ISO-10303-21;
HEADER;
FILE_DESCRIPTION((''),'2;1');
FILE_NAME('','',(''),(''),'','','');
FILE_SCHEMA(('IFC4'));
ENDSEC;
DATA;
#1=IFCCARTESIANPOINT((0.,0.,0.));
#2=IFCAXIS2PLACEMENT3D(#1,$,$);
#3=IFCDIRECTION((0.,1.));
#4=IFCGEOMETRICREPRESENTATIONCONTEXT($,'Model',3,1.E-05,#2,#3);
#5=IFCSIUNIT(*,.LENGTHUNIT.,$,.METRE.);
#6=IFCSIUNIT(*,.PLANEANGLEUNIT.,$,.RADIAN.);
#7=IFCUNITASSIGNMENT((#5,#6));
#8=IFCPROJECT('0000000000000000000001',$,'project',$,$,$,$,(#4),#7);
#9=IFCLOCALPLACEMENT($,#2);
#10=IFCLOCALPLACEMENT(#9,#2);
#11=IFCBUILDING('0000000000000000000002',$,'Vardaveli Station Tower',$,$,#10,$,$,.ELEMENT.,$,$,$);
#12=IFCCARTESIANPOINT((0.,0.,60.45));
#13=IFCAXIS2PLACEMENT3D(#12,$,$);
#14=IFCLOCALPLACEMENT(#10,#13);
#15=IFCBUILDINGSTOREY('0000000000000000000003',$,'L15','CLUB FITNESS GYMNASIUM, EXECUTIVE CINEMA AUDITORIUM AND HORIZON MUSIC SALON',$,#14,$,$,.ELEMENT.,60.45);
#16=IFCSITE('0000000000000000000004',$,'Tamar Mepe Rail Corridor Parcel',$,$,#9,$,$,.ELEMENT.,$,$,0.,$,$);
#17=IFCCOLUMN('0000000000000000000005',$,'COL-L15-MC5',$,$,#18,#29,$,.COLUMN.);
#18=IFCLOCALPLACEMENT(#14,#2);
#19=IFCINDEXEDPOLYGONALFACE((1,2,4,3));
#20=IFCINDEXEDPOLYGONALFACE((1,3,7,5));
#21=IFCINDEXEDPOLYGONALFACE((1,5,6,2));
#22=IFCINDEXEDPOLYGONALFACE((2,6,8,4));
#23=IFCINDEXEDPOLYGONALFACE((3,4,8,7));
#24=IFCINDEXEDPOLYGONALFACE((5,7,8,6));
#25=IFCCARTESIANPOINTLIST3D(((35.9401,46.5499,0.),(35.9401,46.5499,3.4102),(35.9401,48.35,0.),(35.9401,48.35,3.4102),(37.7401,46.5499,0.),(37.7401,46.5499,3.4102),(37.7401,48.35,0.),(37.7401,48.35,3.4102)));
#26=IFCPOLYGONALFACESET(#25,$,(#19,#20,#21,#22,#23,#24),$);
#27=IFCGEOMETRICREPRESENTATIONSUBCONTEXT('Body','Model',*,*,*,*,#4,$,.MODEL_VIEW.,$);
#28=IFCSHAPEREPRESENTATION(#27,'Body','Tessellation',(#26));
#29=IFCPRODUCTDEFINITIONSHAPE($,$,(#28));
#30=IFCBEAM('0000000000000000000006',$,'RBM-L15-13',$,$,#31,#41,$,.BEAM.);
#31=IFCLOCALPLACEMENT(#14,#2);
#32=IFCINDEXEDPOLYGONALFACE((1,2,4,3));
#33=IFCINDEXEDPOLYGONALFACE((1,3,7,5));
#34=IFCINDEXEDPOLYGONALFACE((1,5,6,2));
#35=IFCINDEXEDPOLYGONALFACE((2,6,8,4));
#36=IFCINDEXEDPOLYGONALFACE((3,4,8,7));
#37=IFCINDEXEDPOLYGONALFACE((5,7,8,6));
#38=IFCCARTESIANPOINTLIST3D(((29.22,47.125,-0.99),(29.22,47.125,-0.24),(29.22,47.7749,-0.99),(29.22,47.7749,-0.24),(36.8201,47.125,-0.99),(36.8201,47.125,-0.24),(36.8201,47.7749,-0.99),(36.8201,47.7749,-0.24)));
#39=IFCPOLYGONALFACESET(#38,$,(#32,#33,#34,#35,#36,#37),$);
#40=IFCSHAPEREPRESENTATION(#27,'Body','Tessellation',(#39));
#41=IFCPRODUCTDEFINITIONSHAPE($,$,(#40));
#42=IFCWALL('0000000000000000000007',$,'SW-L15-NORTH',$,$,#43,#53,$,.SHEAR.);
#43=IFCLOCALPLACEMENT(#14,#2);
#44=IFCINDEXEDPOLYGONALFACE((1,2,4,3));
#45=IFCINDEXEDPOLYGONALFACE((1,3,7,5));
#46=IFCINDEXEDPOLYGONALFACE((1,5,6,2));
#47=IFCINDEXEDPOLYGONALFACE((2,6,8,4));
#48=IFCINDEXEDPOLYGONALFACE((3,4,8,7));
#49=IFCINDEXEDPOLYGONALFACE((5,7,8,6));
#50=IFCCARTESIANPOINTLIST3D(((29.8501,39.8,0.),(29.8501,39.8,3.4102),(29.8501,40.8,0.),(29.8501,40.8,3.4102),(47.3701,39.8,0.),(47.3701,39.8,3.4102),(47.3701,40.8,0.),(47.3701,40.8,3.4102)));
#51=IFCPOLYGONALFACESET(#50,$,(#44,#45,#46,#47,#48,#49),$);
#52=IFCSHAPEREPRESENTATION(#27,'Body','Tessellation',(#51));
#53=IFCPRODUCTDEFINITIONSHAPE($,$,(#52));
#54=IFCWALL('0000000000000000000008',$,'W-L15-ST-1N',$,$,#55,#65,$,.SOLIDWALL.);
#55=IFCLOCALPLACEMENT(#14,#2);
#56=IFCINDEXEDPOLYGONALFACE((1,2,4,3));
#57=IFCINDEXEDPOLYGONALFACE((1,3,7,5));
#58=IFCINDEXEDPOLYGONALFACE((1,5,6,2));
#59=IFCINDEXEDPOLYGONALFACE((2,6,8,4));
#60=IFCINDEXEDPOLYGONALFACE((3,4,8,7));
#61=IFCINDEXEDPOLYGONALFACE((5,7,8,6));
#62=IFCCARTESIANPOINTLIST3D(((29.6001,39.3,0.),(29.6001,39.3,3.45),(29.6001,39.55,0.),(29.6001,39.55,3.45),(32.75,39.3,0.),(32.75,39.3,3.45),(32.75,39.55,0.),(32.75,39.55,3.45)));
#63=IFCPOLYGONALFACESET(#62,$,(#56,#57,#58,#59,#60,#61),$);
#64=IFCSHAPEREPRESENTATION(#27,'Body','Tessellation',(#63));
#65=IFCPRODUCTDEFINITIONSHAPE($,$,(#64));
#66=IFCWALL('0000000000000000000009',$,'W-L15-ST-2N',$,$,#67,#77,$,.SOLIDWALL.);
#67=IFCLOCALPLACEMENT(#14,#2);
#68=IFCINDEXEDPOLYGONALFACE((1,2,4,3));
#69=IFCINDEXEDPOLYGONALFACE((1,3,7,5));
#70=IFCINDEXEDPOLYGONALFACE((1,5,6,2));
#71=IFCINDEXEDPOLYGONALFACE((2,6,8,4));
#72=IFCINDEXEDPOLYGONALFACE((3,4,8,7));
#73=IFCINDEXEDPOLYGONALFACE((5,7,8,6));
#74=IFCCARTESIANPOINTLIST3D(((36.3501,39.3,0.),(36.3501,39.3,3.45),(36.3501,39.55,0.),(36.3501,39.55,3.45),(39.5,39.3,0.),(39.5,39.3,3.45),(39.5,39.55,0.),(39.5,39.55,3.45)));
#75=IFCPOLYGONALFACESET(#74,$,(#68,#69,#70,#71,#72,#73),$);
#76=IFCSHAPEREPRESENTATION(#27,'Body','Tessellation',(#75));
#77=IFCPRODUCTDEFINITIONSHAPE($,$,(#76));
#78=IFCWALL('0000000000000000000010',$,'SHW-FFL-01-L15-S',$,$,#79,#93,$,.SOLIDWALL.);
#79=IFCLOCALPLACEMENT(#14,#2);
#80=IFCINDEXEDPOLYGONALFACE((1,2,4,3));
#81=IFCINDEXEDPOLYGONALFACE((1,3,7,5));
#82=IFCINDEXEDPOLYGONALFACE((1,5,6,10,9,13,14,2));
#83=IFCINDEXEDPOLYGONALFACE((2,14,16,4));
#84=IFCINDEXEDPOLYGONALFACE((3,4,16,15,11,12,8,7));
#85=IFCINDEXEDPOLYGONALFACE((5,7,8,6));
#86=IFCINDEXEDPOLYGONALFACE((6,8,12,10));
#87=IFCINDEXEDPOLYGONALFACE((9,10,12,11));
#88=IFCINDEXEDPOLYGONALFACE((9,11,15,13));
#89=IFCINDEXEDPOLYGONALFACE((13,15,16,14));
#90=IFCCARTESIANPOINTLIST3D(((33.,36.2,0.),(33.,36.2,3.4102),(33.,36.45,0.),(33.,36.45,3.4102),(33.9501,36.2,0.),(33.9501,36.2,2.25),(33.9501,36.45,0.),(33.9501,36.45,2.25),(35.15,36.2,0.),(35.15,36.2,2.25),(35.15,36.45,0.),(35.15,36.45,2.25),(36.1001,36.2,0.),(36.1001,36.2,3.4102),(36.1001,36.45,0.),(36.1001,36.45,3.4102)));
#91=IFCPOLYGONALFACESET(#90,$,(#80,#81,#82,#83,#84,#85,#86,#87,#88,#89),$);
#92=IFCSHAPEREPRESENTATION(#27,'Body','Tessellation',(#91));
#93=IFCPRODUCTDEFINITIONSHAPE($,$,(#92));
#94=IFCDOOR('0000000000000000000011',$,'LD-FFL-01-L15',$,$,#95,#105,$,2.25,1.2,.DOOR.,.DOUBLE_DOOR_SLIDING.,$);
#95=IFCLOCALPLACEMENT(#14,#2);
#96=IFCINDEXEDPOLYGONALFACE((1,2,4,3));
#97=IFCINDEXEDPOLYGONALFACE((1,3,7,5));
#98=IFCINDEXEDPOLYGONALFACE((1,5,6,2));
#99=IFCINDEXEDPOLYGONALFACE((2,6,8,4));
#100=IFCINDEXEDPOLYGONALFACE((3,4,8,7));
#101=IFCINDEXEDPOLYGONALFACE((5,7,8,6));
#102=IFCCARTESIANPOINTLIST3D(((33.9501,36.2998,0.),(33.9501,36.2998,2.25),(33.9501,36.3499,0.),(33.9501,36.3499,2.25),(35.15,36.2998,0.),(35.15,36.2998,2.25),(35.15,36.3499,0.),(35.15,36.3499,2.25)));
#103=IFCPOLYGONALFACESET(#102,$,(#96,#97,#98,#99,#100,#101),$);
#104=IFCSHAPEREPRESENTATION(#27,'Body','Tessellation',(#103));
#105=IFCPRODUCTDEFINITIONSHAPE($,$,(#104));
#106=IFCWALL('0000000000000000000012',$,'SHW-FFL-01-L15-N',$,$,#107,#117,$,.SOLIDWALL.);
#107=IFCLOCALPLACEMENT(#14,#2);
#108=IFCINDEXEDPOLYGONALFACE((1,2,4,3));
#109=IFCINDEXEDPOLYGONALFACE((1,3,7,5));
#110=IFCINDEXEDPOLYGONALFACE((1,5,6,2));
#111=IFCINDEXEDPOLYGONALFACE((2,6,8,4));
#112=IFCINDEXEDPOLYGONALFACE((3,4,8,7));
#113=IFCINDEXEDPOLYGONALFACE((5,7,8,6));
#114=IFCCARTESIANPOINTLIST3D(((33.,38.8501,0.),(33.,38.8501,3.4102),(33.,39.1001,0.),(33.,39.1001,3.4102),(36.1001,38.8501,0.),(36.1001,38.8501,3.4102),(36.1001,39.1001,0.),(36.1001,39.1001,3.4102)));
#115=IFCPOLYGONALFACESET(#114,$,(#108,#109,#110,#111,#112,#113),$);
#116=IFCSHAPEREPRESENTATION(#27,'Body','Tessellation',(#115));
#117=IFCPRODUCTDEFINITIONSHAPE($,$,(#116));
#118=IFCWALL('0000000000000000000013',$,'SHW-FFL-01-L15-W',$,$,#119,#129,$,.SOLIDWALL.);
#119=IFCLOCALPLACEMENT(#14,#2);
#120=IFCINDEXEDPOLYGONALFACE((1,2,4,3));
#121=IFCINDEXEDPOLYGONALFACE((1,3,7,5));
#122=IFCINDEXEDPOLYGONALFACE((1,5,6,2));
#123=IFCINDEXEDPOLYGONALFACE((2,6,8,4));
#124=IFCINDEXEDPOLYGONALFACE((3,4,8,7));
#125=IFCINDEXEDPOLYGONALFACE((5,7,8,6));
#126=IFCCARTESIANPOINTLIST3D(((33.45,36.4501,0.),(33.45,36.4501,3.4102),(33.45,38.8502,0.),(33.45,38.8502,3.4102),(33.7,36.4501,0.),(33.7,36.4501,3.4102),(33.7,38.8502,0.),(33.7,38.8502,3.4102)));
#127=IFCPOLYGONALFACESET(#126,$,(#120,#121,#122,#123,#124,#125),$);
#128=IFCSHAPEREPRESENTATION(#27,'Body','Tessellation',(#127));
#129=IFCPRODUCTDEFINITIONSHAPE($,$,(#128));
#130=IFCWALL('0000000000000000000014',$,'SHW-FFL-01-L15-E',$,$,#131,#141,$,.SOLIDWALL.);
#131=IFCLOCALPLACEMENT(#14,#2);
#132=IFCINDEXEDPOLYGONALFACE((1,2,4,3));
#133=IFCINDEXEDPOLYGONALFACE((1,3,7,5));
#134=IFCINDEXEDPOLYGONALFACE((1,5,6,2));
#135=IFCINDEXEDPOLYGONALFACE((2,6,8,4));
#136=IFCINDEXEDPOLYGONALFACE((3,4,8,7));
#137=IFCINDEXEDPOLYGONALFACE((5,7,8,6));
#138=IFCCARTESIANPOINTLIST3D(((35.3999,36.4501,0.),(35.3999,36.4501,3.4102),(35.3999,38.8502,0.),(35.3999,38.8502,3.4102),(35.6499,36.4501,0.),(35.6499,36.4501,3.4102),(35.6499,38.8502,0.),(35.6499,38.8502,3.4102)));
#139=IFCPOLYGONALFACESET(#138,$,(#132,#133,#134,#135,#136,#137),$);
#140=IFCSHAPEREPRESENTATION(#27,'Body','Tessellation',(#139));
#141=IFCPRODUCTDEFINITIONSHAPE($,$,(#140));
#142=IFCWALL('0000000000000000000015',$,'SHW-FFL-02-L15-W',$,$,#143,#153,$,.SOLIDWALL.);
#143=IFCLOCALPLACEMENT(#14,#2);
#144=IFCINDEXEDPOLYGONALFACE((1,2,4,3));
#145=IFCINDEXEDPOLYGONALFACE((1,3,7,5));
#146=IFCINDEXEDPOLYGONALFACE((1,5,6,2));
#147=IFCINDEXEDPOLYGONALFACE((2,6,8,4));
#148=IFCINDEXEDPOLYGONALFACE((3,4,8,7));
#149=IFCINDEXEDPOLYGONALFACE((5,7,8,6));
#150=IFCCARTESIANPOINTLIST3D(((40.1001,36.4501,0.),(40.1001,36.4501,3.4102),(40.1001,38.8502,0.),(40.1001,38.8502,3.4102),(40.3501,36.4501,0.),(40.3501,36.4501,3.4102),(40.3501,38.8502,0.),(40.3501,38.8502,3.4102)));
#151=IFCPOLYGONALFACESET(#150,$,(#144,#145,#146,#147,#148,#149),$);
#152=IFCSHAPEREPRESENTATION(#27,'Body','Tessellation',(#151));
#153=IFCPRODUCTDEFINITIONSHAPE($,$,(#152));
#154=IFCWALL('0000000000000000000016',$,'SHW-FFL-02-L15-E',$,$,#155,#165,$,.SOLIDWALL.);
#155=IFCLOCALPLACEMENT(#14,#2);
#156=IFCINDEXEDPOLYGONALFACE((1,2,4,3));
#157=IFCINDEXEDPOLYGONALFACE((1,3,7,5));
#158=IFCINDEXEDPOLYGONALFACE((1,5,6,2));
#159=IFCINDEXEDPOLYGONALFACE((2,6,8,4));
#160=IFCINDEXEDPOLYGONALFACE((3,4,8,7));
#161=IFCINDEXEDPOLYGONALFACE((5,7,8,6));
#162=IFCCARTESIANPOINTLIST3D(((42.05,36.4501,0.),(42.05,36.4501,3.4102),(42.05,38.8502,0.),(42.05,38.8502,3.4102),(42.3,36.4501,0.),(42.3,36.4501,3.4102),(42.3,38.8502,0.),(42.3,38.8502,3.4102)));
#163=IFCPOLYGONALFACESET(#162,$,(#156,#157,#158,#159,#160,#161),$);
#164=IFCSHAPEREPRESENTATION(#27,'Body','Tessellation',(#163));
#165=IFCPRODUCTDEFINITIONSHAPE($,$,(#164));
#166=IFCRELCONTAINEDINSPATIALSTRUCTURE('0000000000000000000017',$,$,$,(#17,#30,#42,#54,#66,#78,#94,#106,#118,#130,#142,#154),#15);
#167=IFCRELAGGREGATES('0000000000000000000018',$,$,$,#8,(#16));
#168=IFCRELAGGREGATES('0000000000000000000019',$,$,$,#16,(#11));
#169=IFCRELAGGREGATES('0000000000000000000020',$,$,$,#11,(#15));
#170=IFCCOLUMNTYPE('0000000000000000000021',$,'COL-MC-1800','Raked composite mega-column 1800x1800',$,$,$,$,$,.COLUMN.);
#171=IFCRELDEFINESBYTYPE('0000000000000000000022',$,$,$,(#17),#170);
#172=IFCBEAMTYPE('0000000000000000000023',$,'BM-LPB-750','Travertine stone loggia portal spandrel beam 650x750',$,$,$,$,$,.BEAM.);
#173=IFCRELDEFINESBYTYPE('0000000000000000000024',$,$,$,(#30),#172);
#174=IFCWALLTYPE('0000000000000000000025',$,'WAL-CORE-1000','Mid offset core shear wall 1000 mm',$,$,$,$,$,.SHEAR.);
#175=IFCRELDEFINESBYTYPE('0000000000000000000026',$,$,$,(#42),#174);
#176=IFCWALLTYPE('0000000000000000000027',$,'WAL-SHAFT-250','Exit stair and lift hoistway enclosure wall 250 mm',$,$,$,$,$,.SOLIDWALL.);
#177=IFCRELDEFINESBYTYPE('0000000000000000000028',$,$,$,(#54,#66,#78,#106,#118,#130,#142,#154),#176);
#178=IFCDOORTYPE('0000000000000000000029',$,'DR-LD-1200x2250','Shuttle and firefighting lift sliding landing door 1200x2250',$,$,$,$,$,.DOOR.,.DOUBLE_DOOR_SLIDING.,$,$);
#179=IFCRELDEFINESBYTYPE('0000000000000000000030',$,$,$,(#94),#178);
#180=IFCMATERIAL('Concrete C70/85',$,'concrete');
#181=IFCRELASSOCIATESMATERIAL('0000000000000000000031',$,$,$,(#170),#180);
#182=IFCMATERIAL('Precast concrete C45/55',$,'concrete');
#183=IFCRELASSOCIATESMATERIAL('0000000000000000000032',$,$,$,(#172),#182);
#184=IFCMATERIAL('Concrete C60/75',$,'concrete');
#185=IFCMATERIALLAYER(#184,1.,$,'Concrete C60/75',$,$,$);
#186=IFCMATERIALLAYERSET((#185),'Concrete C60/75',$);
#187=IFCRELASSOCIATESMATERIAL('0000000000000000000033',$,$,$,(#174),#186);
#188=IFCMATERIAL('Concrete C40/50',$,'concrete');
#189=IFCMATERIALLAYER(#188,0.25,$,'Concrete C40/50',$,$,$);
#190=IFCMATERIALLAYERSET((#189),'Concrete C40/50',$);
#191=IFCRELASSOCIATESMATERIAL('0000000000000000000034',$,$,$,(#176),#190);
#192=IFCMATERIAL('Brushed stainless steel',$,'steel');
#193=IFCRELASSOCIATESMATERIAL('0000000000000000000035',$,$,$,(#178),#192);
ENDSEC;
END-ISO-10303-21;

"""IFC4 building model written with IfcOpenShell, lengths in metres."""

from ifc_helpers import new_model, si_unit, direction, frame, frame_2d, origin, origin_2d, place, context, subcontext, project, spatial, rectangle, extrude, source, transform, mapped, material, layer, layer_set, material_profile, profile_set, type_object, element, fill, save


model = new_model("IFC4")

# Units and contexts
model_context = context("Model", 3, precision=1e-05, world=origin(), true_north=direction((0.0, 1.0)))
body_context = subcontext(model_context, "Body", "Model", "MODEL_VIEW")
ifc_project = project(units=[si_unit("LENGTHUNIT", "METRE"), si_unit("PLANEANGLEUNIT", "RADIAN")], contexts=[model_context])

# Site, building, storey
site_placement = place(None, origin())
site = spatial("IfcSite", under=ifc_project, at=site_placement, Name="Tamar Mepe Rail Corridor Parcel", CompositionType="ELEMENT", RefElevation=0.0)
building_placement = place(site_placement, origin())
building = spatial("IfcBuilding", under=site, at=building_placement, Name="Vardaveli Station Tower", CompositionType="ELEMENT")
storey_placement = place(building_placement, frame((0.0, 0.0, 60.45)))
storey = spatial("IfcBuildingStorey", under=building, at=storey_placement, Name="L15", Description="CLUB FITNESS GYMNASIUM, EXECUTIVE CINEMA AUDITORIUM AND HORIZON MUSIC SALON", CompositionType="ELEMENT", Elevation=60.45)

# Column
ifc_material_1 = material(Name="Concrete C70/85", Category="concrete")
ifc_material_profile_1 = material_profile(ifc_material_1, rectangle(XDim=1.8, YDim=1.8, at=origin_2d()), Name="MC 1800x1800")
ifc_profile_set_1 = profile_set([ifc_material_profile_1], Name="Concrete C70/85")
column_type = type_object("IfcColumnType", Name="COL-MC-1800", Description="Raked composite mega-column 1800x1800", PredefinedType="COLUMN", material=ifc_profile_set_1)
shared_shape_1 = source(origin(), body_context, "Body", "SweptSolid", [
    extrude(rectangle(XDim=1.8, YDim=1.8, at=origin_2d()), origin(), (0.0, 0.0, 1.0), 3.4102),
])
column_placement = place(storey_placement, frame((36.8401, 47.45, 0.0), z_axis=(0.0, 0.0, 1.0), x_axis=(1.0, 0.0, 0.0)))
element("IfcColumn", 1, at=column_placement, inside=storey, type_object=column_type, Name="COL-L15-MC5", PredefinedType="COLUMN", context=body_context, shape_type="MappedRepresentation", body=[
    mapped(shared_shape_1, transform((0.0, 0.0, 0.0), scale=1.0)),
])

# Beam
ifc_material_2 = material(Name="Precast concrete C45/55", Category="concrete")
ifc_material_profile_2 = material_profile(ifc_material_2, rectangle(XDim=0.6499, YDim=0.75, at=origin_2d()), Name="LPB 650x750")
ifc_profile_set_2 = profile_set([ifc_material_profile_2], Name="Precast concrete C45/55")
beam_type = type_object("IfcBeamType", Name="BM-LPB-750", Description="Travertine stone loggia portal spandrel beam 650x750", PredefinedType="BEAM", material=ifc_profile_set_2)
shared_shape_2 = source(origin(), body_context, "Body", "SweptSolid", [
    extrude(rectangle(XDim=0.6499, YDim=0.75, at=origin_2d()), origin(), (0.0, 0.0, 1.0), 7.6001),
])
beam_placement = place(storey_placement, frame((36.8201, 47.45, -0.615), z_axis=(-1.0, 0.0, 0.0), x_axis=(0.0, -1.0, 0.0)))
element("IfcBeam", 2, at=beam_placement, inside=storey, type_object=beam_type, Name="RBM-L15-13", PredefinedType="BEAM", context=body_context, shape_type="MappedRepresentation", body=[
    mapped(shared_shape_2, transform((0.0, 0.0, 0.0), scale=1.0)),
])

# Walls
ifc_material_3 = material(Name="Concrete C60/75", Category="concrete")
ifc_layer_1 = layer(ifc_material_3, 1.0, Name="Concrete C60/75")
ifc_layer_set_1 = layer_set([ifc_layer_1], Name="Concrete C60/75")
wall_type_1 = type_object("IfcWallType", Name="WAL-CORE-1000", Description="Mid offset core shear wall 1000 mm", PredefinedType="SHEAR", material=ifc_layer_set_1)
shared_shape_3 = source(origin(), body_context, "Body", "SweptSolid", [
    extrude(rectangle(XDim=17.52, YDim=1.0, at=frame_2d((8.76, 0.0))), origin(), (0.0, 0.0, 1.0), 3.4102),
])
wall_1_placement = place(storey_placement, frame((29.8501, 40.3, 0.0), z_axis=(0.0, 0.0, 1.0), x_axis=(1.0, 0.0, 0.0)))
element("IfcWall", 3, at=wall_1_placement, inside=storey, type_object=wall_type_1, Name="SW-L15-NORTH", PredefinedType="SHEAR", context=body_context, shape_type="MappedRepresentation", body=[
    mapped(shared_shape_3, transform((0.0, 0.0, 0.0), scale=1.0)),
])
ifc_material_4 = material(Name="Concrete C40/50", Category="concrete")
ifc_layer_2 = layer(ifc_material_4, 0.25, Name="Concrete C40/50")
ifc_layer_set_2 = layer_set([ifc_layer_2], Name="Concrete C40/50")
wall_type_2 = type_object("IfcWallType", Name="WAL-SHAFT-250", Description="Exit stair and lift hoistway enclosure wall 250 mm", PredefinedType="SOLIDWALL", material=ifc_layer_set_2)
shared_shape_4 = source(origin(), body_context, "Body", "SweptSolid", [
    extrude(rectangle(XDim=3.1499, YDim=0.25, at=frame_2d((1.575, 0.0))), origin(), (0.0, 0.0, 1.0), 3.45),
])
for number, where, z_axis, x_axis, name in (
    (4, (29.6001, 39.425, 0.0), (0.0, 0.0, 1.0), (1.0, 0.0, 0.0), "W-L15-ST-1N"),
    (5, (36.3501, 39.425, 0.0), (0.0, 0.0, 1.0), (1.0, 0.0, 0.0), "W-L15-ST-2N"),
):
    element("IfcWall", number, at=place(storey_placement, frame(where, z_axis=z_axis, x_axis=x_axis)), inside=storey, type_object=wall_type_2, Name=name, PredefinedType="SOLIDWALL", context=body_context, shape_type="MappedRepresentation", body=[
        mapped(shared_shape_4, transform((0.0, 0.0, 0.0), scale=1.0)),
    ])

# Wall, opening, door
shared_shape_5 = source(origin(), body_context, "Body", "SweptSolid", [
    extrude(rectangle(XDim=3.1001, YDim=0.25, at=frame_2d((1.55, 0.0))), origin(), (0.0, 0.0, 1.0), 3.4102),
])
wall_2_placement = place(storey_placement, frame((33.0, 36.325, 0.0), z_axis=(0.0, 0.0, 1.0), x_axis=(1.0, 0.0, 0.0)))
wall_2 = element("IfcWall", 6, at=wall_2_placement, inside=storey, type_object=wall_type_2, Name="SHW-FFL-01-L15-S", PredefinedType="SOLIDWALL", context=body_context, shape_type="MappedRepresentation", body=[
    mapped(shared_shape_5, transform((0.0, 0.0, 0.0), scale=1.0)),
])
shared_shape_6 = source(origin(), body_context, "Body", "SweptSolid", [
    extrude(rectangle(XDim=1.2, YDim=2.25, at=frame_2d((0.6001, 1.125))), frame((0.0, 0.135, 0.0), z_axis=(0.0, -1.0, 0.0), x_axis=(1.0, 0.0, 0.0)), (0.0, 0.0, 1.0), 0.27),
])
opening_1_placement = place(wall_2_placement, frame((0.95, 0.0, 0.0)))
opening_1 = element("IfcOpeningElement", 7, at=opening_1_placement, cuts=wall_2, PredefinedType="OPENING", context=body_context, shape_type="MappedRepresentation", body=[
    mapped(shared_shape_6, transform((0.0, 0.0, 0.0), scale=1.0)),
])
ifc_material_5 = material(Name="Brushed stainless steel", Category="steel")
door_type = type_object("IfcDoorType", Name="DR-LD-1200x2250", Description="Shuttle and firefighting lift sliding landing door 1200x2250", OperationType="DOUBLE_DOOR_SLIDING", PredefinedType="DOOR", material=ifc_material_5)
shared_shape_7 = source(origin(), body_context, "Body", "SweptSolid", [
    extrude(rectangle(XDim=1.2, YDim=2.25, at=frame_2d((0.6001, 1.125))), frame((0.0, 0.0249, 0.0), z_axis=(0.0, -1.0, 0.0), x_axis=(1.0, 0.0, 0.0)), (0.0, 0.0, 1.0), 0.05),
])
door_1_placement = place(opening_1_placement, origin())
door_1 = element("IfcDoor", 8, at=door_1_placement, inside=storey, type_object=door_type, Name="LD-FFL-01-L15", OperationType="DOUBLE_DOOR_SLIDING", OverallHeight=2.25, OverallWidth=1.2, PredefinedType="DOOR", context=body_context, shape_type="MappedRepresentation", body=[
    mapped(shared_shape_7, transform((0.0, 0.0, 0.0), scale=1.0)),
])
fill(opening_1, door_1)

# Walls
wall_3_placement = place(storey_placement, frame((33.0, 38.9751, 0.0), z_axis=(0.0, 0.0, 1.0), x_axis=(1.0, 0.0, 0.0)))
element("IfcWall", 9, at=wall_3_placement, inside=storey, type_object=wall_type_2, Name="SHW-FFL-01-L15-N", PredefinedType="SOLIDWALL", context=body_context, shape_type="MappedRepresentation", body=[
    mapped(shared_shape_5, transform((0.0, 0.0, 0.0), scale=1.0)),
])
shared_shape_8 = source(origin(), body_context, "Body", "SweptSolid", [
    extrude(rectangle(XDim=2.4001, YDim=0.25, at=frame_2d((1.2002, 0.0))), origin(), (0.0, 0.0, 1.0), 3.4102),
])
for number, where, z_axis, x_axis, name in (
    (10, (33.575, 36.45, 0.0), (0.0, 0.0, 1.0), (0.0, 1.0, 0.0), "SHW-FFL-01-L15-W"),
    (11, (35.5249, 36.45, 0.0), (0.0, 0.0, 1.0), (0.0, 1.0, 0.0), "SHW-FFL-01-L15-E"),
    (12, (40.2251, 36.45, 0.0), (0.0, 0.0, 1.0), (0.0, 1.0, 0.0), "SHW-FFL-02-L15-W"),
    (13, (42.175, 36.45, 0.0), (0.0, 0.0, 1.0), (0.0, 1.0, 0.0), "SHW-FFL-02-L15-E"),
):
    element("IfcWall", number, at=place(storey_placement, frame(where, z_axis=z_axis, x_axis=x_axis)), inside=storey, type_object=wall_type_2, Name=name, PredefinedType="SOLIDWALL", context=body_context, shape_type="MappedRepresentation", body=[
        mapped(shared_shape_8, transform((0.0, 0.0, 0.0), scale=1.0)),
    ])

save(model, "model.ifc")
